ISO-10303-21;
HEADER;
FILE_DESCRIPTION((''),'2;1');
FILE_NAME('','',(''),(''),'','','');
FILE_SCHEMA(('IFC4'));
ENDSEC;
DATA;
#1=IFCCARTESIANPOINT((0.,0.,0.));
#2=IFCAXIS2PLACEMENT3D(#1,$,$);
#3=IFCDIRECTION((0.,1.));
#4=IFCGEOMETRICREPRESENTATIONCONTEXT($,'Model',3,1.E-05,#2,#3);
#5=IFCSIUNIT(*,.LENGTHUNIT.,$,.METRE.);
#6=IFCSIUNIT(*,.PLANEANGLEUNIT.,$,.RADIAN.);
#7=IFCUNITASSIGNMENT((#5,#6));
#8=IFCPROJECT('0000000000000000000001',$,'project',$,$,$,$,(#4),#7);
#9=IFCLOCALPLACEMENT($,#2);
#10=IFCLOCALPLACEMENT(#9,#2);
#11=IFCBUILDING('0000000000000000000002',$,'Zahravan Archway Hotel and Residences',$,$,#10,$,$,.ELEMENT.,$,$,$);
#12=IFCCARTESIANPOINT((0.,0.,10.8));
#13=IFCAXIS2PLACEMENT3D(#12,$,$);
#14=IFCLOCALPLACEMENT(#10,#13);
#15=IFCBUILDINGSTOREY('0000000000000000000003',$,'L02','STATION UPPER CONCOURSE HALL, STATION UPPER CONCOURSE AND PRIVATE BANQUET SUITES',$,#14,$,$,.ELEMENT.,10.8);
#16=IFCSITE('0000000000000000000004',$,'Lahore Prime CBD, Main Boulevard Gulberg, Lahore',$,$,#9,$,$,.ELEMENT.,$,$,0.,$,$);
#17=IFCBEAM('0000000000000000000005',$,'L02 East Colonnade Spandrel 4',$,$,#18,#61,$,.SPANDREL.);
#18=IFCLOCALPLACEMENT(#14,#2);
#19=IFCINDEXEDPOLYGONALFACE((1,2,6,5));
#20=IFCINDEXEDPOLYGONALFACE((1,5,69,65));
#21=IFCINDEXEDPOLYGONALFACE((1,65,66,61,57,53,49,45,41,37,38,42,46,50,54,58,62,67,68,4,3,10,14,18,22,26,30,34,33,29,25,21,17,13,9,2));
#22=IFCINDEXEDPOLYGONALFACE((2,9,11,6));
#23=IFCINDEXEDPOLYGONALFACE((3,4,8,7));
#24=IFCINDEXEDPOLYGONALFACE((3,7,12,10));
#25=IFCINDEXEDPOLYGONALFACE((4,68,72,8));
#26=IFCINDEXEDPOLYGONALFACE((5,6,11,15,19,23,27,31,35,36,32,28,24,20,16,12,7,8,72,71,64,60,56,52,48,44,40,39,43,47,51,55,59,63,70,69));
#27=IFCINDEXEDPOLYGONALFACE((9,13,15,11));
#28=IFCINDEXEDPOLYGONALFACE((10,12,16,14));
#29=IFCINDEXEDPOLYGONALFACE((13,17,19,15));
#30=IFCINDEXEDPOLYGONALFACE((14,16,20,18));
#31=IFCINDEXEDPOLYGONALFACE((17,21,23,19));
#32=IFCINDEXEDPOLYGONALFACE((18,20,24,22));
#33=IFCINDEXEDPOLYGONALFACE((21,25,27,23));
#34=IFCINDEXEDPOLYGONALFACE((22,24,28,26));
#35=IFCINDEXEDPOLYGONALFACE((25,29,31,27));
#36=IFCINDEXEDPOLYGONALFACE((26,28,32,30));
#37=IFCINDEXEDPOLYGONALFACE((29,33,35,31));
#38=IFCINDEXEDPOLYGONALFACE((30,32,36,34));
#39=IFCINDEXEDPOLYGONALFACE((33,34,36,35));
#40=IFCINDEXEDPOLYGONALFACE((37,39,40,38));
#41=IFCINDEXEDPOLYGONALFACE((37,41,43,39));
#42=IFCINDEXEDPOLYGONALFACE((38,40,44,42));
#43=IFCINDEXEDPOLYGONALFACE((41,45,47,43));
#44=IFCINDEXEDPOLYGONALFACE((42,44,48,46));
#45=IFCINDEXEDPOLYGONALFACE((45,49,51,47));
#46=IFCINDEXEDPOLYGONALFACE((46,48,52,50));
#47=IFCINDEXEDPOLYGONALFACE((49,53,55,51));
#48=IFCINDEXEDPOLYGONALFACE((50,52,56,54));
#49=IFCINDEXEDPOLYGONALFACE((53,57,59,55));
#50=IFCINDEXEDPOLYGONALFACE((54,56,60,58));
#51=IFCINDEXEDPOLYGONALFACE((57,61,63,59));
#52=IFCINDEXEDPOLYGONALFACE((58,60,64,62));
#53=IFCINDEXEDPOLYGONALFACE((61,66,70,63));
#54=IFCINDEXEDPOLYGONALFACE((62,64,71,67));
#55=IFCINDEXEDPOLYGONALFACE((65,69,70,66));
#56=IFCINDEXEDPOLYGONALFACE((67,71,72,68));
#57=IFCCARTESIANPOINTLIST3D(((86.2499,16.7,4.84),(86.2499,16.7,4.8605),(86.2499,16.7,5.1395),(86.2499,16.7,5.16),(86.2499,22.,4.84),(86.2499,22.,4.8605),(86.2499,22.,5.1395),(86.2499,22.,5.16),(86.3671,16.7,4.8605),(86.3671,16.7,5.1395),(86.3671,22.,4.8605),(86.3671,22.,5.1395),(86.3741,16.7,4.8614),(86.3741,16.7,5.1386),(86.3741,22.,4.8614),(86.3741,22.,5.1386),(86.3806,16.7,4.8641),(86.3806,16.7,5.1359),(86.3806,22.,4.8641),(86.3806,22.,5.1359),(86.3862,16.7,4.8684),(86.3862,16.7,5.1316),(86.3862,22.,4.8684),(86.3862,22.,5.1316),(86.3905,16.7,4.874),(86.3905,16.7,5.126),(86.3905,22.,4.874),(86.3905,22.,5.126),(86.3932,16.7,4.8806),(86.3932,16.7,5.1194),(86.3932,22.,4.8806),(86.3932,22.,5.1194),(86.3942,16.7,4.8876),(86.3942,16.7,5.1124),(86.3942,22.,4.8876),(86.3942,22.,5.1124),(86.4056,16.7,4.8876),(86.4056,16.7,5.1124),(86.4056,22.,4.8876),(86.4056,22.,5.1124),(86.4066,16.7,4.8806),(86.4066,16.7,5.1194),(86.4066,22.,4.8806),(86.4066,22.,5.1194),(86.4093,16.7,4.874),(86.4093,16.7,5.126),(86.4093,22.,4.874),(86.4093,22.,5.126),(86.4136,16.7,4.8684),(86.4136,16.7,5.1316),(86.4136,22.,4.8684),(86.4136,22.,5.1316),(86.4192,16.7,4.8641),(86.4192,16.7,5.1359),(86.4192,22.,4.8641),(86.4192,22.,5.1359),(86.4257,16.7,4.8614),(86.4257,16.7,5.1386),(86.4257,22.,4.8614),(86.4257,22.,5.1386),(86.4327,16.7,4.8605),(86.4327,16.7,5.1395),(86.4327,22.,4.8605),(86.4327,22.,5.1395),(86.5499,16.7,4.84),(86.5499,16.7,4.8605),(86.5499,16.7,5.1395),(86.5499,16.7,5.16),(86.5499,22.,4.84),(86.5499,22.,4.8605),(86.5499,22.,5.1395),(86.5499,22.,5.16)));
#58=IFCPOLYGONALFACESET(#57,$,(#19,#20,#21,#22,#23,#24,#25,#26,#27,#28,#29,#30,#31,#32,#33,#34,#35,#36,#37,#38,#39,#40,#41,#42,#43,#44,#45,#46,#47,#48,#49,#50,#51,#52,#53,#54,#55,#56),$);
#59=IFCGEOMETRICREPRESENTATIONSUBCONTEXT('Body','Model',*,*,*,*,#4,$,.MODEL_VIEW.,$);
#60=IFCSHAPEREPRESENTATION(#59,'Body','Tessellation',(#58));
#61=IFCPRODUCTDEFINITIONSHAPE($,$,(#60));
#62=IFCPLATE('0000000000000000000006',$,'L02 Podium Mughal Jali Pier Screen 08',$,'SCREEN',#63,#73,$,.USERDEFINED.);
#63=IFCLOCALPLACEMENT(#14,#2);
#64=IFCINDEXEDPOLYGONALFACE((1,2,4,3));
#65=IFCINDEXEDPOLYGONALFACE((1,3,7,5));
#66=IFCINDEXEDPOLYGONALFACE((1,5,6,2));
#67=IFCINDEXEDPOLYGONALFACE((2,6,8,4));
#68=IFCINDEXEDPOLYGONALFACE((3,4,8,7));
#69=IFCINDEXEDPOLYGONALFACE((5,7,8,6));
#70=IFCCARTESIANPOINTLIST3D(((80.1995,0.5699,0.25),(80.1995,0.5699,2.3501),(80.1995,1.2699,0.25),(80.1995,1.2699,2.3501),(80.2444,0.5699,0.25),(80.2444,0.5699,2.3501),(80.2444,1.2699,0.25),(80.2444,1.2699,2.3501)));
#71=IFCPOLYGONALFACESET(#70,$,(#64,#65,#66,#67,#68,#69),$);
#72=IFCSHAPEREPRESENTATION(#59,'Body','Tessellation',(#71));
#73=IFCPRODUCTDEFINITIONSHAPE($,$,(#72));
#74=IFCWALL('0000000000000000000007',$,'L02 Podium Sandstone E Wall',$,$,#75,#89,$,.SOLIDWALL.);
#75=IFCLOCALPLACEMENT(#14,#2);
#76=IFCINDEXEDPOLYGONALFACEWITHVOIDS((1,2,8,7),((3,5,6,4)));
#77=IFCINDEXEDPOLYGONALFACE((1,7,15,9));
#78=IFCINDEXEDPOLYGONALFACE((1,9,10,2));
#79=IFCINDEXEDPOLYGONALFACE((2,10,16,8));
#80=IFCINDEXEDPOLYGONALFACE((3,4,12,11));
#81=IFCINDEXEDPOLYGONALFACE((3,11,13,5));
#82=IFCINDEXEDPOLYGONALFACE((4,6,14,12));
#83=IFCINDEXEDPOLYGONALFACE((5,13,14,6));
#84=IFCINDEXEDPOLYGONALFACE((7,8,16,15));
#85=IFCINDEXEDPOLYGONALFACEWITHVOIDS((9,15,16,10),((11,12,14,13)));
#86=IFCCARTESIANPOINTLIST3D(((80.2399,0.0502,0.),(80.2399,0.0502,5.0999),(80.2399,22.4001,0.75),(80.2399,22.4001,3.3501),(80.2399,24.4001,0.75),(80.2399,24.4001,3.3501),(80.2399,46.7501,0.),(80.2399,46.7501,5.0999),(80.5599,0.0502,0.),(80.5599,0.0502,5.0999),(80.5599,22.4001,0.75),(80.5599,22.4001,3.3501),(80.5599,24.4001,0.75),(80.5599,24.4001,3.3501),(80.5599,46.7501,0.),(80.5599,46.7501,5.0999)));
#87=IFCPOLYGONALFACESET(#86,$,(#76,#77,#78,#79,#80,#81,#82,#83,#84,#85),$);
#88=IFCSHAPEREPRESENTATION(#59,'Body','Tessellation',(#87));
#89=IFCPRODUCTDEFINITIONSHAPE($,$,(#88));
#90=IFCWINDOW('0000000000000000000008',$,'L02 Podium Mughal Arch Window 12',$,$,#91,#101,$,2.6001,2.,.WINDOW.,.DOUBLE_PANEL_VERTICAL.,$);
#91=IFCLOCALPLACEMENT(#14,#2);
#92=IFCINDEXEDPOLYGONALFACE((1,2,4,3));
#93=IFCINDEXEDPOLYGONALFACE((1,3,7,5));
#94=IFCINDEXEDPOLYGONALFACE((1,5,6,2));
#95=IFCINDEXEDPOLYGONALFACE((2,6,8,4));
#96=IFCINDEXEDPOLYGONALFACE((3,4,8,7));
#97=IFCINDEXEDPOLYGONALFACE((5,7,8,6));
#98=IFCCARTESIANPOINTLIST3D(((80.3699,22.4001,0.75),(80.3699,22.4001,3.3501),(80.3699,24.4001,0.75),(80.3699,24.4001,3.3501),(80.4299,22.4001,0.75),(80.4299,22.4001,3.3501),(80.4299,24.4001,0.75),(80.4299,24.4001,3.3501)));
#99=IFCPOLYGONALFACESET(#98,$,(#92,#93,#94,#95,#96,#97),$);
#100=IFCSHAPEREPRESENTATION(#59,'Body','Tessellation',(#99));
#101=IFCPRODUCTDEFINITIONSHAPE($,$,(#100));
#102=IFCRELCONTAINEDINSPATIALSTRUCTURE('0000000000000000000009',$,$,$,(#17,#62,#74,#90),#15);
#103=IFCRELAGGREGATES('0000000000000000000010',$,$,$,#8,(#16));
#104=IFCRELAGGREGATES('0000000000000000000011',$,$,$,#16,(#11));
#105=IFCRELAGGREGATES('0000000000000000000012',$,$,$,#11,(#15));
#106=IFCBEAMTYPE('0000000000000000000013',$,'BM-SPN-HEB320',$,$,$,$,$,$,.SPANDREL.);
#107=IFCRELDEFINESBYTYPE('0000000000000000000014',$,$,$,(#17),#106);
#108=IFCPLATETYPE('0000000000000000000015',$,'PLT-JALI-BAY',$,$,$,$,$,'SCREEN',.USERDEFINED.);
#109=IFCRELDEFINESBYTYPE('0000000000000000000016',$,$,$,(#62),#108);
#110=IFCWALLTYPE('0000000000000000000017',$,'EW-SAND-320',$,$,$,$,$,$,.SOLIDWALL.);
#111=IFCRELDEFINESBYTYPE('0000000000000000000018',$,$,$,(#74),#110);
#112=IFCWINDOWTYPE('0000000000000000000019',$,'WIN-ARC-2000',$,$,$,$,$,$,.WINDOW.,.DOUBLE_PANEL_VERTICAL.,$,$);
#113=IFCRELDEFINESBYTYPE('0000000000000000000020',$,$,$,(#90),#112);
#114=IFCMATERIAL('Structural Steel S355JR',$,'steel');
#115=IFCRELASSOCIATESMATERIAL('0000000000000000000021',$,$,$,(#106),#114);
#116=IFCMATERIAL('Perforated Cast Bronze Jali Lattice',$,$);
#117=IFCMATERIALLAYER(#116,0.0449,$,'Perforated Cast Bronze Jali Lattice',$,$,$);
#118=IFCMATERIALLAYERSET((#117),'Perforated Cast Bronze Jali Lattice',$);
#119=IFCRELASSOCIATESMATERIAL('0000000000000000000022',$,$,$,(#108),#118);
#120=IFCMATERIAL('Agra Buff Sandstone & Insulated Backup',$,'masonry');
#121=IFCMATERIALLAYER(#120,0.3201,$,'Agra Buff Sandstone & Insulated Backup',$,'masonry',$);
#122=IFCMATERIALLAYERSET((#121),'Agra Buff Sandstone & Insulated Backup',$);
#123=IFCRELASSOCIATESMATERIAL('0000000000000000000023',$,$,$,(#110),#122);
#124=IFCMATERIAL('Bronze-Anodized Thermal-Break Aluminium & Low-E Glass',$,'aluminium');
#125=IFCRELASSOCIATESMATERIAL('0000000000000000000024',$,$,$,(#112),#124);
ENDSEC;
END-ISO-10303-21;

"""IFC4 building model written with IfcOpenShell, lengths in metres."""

from ifc_helpers import new_model, si_unit, direction, frame, frame_2d, origin, origin_2d, place, context, subcontext, project, spatial, rectangle, i_section, extrude, source, transform, mapped, material, layer, layer_set, material_profile, profile_set, type_object, type_shapes, element, fill, save


model = new_model("IFC4")

# Units and contexts
model_context = context("Model", 3, precision=1e-05, world=origin(), true_north=direction((0.0, 1.0)))
body_context = subcontext(model_context, "Body", "Model", "MODEL_VIEW")
ifc_project = project(units=[si_unit("LENGTHUNIT", "METRE"), si_unit("PLANEANGLEUNIT", "RADIAN")], contexts=[model_context])

# Site, building, storey
site_placement = place(None, origin())
site = spatial("IfcSite", under=ifc_project, at=site_placement, Name="Lahore Prime CBD, Main Boulevard Gulberg, Lahore", CompositionType="ELEMENT", RefElevation=0.0)
building_placement = place(site_placement, origin())
building = spatial("IfcBuilding", under=site, at=building_placement, Name="Zahravan Archway Hotel and Residences", CompositionType="ELEMENT")
storey_placement = place(building_placement, frame((0.0, 0.0, 10.8)))
storey = spatial("IfcBuildingStorey", under=building, at=storey_placement, Name="L02", Description="STATION UPPER CONCOURSE HALL, STATION UPPER CONCOURSE AND PRIVATE BANQUET SUITES", CompositionType="ELEMENT", Elevation=10.8)

# Beam
ifc_material_1 = material(Name="Structural Steel S355JR", Category="steel")
ifc_material_profile_1 = material_profile(ifc_material_1, i_section(OverallWidth=0.3, OverallDepth=0.3201, WebThickness=0.0115, FlangeThickness=0.0205, FilletRadius=0.0271, at=origin_2d()), Name="HEB 320", Category="steel")
ifc_profile_set_1 = profile_set([ifc_material_profile_1], Name="Structural Steel S355JR")
beam_type_1 = type_object("IfcBeamType", Name="BM-SPN-HEB320", PredefinedType="SPANDREL", material=ifc_profile_set_1)
shared_shape_1 = source(origin(), body_context, "Body", "SweptSolid", [
    extrude(i_section(OverallWidth=0.3, OverallDepth=0.3201, WebThickness=0.0115, FlangeThickness=0.0205, FilletRadius=0.0271, at=origin_2d()), origin(), (0.0, 0.0, 1.0), 5.3),
])
for number, where, z_axis, x_axis, name in (
    (1, (86.3999, 16.7, 5.0), (0.0, 1.0, 0.0), (-1.0, 0.0, 0.0), "L02 East Colonnade Spandrel 4"),
):
    element("IfcBeam", number, at=place(storey_placement, frame(where, z_axis=z_axis, x_axis=x_axis)), inside=storey, type_object=beam_type_1, Name=name, PredefinedType="SPANDREL", context=body_context, shape_type="MappedRepresentation", body=[
        mapped(shared_shape_1, transform((0.0, 0.0, 0.0), scale=1.0)),
    ])

# Plate
ifc_material_2 = material(Name="Perforated Cast Bronze Jali Lattice")
ifc_layer_1 = layer(ifc_material_2, 0.0449, Name="Perforated Cast Bronze Jali Lattice")
ifc_layer_set_1 = layer_set([ifc_layer_1], Name="Perforated Cast Bronze Jali Lattice")
plate_type = type_object("IfcPlateType", Name="PLT-JALI-BAY", ElementType="SCREEN", PredefinedType="USERDEFINED", material=ifc_layer_set_1)
shared_shape_2 = source(origin(), body_context, "Body", "SweptSolid", [
    extrude(rectangle(XDim=0.7, YDim=0.0449, at=origin_2d()), origin(), (0.0, 0.0, 1.0), 2.1001),
])
type_shapes(plate_type, [shared_shape_2])
plate_placement = place(storey_placement, frame((80.2219, 0.9199, 0.25), z_axis=(0.0, 0.0, 1.0), x_axis=(0.0, 1.0, 0.0)))
element("IfcPlate", 2, at=plate_placement, inside=storey, type_object=plate_type, Name="L02 Podium Mughal Jali Pier Screen 08", ObjectType="SCREEN", PredefinedType="USERDEFINED", context=body_context, shape_type="MappedRepresentation", body=[
    mapped(shared_shape_2, transform((0.0, 0.0, 0.0), scale=1.0)),
])

# Wall, opening, window
ifc_material_3 = material(Name="Agra Buff Sandstone & Insulated Backup", Category="masonry")
ifc_layer_2 = layer(ifc_material_3, 0.3201, Name="Agra Buff Sandstone & Insulated Backup", Category="masonry")
ifc_layer_set_2 = layer_set([ifc_layer_2], Name="Agra Buff Sandstone & Insulated Backup")
wall_type = type_object("IfcWallType", Name="EW-SAND-320", PredefinedType="SOLIDWALL", material=ifc_layer_set_2)
wall_placement = place(storey_placement, frame((80.3999, 0.05, 0.0), z_axis=(0.0, 0.0, 1.0), x_axis=(0.0, 1.0, 0.0)))
wall = element("IfcWall", 3, at=wall_placement, inside=storey, type_object=wall_type, Name="L02 Podium Sandstone E Wall", PredefinedType="SOLIDWALL", context=body_context, shape_type="SweptSolid", body=[
    extrude(rectangle(XDim=46.7, YDim=0.3201, at=frame_2d((23.3501, 0.0))), origin(), (0.0, 0.0, 1.0), 5.0999),
])
opening_placement = place(wall_placement, frame((22.3501, 0.0, 0.75)))
opening = element("IfcOpeningElement", 4, at=opening_placement, cuts=wall, PredefinedType="OPENING", context=body_context, shape_type="SweptSolid", body=[
    extrude(rectangle(XDim=2.0, YDim=2.6001, at=frame_2d((1.0, 1.3))), frame((0.0, 0.1699, 0.0), z_axis=(0.0, -1.0, 0.0), x_axis=(1.0, 0.0, 0.0)), (0.0, 0.0, 1.0), 0.3401),
])
ifc_material_4 = material(Name="Bronze-Anodized Thermal-Break Aluminium & Low-E Glass", Category="aluminium")
window_type = type_object("IfcWindowType", Name="WIN-ARC-2000", PartitioningType="DOUBLE_PANEL_VERTICAL", PredefinedType="WINDOW", material=ifc_material_4)
shared_shape_3 = source(origin(), body_context, "Body", "SweptSolid", [
    extrude(rectangle(XDim=2.0, YDim=2.6001, at=frame_2d((1.0, 1.3))), frame((0.0, 0.03, 0.0), z_axis=(0.0, -1.0, 0.0), x_axis=(1.0, 0.0, 0.0)), (0.0, 0.0, 1.0), 0.0601),
])
type_shapes(window_type, [shared_shape_3])
window_placement = place(opening_placement, origin())
window = element("IfcWindow", 5, at=window_placement, inside=storey, type_object=window_type, Name="L02 Podium Mughal Arch Window 12", OverallHeight=2.6001, OverallWidth=2.0, PartitioningType="DOUBLE_PANEL_VERTICAL", PredefinedType="WINDOW", context=body_context, shape_type="MappedRepresentation", body=[
    mapped(shared_shape_3, transform((0.0, 0.0, 0.0), scale=1.0)),
])
fill(opening, window)

save(model, "model.ifc")
